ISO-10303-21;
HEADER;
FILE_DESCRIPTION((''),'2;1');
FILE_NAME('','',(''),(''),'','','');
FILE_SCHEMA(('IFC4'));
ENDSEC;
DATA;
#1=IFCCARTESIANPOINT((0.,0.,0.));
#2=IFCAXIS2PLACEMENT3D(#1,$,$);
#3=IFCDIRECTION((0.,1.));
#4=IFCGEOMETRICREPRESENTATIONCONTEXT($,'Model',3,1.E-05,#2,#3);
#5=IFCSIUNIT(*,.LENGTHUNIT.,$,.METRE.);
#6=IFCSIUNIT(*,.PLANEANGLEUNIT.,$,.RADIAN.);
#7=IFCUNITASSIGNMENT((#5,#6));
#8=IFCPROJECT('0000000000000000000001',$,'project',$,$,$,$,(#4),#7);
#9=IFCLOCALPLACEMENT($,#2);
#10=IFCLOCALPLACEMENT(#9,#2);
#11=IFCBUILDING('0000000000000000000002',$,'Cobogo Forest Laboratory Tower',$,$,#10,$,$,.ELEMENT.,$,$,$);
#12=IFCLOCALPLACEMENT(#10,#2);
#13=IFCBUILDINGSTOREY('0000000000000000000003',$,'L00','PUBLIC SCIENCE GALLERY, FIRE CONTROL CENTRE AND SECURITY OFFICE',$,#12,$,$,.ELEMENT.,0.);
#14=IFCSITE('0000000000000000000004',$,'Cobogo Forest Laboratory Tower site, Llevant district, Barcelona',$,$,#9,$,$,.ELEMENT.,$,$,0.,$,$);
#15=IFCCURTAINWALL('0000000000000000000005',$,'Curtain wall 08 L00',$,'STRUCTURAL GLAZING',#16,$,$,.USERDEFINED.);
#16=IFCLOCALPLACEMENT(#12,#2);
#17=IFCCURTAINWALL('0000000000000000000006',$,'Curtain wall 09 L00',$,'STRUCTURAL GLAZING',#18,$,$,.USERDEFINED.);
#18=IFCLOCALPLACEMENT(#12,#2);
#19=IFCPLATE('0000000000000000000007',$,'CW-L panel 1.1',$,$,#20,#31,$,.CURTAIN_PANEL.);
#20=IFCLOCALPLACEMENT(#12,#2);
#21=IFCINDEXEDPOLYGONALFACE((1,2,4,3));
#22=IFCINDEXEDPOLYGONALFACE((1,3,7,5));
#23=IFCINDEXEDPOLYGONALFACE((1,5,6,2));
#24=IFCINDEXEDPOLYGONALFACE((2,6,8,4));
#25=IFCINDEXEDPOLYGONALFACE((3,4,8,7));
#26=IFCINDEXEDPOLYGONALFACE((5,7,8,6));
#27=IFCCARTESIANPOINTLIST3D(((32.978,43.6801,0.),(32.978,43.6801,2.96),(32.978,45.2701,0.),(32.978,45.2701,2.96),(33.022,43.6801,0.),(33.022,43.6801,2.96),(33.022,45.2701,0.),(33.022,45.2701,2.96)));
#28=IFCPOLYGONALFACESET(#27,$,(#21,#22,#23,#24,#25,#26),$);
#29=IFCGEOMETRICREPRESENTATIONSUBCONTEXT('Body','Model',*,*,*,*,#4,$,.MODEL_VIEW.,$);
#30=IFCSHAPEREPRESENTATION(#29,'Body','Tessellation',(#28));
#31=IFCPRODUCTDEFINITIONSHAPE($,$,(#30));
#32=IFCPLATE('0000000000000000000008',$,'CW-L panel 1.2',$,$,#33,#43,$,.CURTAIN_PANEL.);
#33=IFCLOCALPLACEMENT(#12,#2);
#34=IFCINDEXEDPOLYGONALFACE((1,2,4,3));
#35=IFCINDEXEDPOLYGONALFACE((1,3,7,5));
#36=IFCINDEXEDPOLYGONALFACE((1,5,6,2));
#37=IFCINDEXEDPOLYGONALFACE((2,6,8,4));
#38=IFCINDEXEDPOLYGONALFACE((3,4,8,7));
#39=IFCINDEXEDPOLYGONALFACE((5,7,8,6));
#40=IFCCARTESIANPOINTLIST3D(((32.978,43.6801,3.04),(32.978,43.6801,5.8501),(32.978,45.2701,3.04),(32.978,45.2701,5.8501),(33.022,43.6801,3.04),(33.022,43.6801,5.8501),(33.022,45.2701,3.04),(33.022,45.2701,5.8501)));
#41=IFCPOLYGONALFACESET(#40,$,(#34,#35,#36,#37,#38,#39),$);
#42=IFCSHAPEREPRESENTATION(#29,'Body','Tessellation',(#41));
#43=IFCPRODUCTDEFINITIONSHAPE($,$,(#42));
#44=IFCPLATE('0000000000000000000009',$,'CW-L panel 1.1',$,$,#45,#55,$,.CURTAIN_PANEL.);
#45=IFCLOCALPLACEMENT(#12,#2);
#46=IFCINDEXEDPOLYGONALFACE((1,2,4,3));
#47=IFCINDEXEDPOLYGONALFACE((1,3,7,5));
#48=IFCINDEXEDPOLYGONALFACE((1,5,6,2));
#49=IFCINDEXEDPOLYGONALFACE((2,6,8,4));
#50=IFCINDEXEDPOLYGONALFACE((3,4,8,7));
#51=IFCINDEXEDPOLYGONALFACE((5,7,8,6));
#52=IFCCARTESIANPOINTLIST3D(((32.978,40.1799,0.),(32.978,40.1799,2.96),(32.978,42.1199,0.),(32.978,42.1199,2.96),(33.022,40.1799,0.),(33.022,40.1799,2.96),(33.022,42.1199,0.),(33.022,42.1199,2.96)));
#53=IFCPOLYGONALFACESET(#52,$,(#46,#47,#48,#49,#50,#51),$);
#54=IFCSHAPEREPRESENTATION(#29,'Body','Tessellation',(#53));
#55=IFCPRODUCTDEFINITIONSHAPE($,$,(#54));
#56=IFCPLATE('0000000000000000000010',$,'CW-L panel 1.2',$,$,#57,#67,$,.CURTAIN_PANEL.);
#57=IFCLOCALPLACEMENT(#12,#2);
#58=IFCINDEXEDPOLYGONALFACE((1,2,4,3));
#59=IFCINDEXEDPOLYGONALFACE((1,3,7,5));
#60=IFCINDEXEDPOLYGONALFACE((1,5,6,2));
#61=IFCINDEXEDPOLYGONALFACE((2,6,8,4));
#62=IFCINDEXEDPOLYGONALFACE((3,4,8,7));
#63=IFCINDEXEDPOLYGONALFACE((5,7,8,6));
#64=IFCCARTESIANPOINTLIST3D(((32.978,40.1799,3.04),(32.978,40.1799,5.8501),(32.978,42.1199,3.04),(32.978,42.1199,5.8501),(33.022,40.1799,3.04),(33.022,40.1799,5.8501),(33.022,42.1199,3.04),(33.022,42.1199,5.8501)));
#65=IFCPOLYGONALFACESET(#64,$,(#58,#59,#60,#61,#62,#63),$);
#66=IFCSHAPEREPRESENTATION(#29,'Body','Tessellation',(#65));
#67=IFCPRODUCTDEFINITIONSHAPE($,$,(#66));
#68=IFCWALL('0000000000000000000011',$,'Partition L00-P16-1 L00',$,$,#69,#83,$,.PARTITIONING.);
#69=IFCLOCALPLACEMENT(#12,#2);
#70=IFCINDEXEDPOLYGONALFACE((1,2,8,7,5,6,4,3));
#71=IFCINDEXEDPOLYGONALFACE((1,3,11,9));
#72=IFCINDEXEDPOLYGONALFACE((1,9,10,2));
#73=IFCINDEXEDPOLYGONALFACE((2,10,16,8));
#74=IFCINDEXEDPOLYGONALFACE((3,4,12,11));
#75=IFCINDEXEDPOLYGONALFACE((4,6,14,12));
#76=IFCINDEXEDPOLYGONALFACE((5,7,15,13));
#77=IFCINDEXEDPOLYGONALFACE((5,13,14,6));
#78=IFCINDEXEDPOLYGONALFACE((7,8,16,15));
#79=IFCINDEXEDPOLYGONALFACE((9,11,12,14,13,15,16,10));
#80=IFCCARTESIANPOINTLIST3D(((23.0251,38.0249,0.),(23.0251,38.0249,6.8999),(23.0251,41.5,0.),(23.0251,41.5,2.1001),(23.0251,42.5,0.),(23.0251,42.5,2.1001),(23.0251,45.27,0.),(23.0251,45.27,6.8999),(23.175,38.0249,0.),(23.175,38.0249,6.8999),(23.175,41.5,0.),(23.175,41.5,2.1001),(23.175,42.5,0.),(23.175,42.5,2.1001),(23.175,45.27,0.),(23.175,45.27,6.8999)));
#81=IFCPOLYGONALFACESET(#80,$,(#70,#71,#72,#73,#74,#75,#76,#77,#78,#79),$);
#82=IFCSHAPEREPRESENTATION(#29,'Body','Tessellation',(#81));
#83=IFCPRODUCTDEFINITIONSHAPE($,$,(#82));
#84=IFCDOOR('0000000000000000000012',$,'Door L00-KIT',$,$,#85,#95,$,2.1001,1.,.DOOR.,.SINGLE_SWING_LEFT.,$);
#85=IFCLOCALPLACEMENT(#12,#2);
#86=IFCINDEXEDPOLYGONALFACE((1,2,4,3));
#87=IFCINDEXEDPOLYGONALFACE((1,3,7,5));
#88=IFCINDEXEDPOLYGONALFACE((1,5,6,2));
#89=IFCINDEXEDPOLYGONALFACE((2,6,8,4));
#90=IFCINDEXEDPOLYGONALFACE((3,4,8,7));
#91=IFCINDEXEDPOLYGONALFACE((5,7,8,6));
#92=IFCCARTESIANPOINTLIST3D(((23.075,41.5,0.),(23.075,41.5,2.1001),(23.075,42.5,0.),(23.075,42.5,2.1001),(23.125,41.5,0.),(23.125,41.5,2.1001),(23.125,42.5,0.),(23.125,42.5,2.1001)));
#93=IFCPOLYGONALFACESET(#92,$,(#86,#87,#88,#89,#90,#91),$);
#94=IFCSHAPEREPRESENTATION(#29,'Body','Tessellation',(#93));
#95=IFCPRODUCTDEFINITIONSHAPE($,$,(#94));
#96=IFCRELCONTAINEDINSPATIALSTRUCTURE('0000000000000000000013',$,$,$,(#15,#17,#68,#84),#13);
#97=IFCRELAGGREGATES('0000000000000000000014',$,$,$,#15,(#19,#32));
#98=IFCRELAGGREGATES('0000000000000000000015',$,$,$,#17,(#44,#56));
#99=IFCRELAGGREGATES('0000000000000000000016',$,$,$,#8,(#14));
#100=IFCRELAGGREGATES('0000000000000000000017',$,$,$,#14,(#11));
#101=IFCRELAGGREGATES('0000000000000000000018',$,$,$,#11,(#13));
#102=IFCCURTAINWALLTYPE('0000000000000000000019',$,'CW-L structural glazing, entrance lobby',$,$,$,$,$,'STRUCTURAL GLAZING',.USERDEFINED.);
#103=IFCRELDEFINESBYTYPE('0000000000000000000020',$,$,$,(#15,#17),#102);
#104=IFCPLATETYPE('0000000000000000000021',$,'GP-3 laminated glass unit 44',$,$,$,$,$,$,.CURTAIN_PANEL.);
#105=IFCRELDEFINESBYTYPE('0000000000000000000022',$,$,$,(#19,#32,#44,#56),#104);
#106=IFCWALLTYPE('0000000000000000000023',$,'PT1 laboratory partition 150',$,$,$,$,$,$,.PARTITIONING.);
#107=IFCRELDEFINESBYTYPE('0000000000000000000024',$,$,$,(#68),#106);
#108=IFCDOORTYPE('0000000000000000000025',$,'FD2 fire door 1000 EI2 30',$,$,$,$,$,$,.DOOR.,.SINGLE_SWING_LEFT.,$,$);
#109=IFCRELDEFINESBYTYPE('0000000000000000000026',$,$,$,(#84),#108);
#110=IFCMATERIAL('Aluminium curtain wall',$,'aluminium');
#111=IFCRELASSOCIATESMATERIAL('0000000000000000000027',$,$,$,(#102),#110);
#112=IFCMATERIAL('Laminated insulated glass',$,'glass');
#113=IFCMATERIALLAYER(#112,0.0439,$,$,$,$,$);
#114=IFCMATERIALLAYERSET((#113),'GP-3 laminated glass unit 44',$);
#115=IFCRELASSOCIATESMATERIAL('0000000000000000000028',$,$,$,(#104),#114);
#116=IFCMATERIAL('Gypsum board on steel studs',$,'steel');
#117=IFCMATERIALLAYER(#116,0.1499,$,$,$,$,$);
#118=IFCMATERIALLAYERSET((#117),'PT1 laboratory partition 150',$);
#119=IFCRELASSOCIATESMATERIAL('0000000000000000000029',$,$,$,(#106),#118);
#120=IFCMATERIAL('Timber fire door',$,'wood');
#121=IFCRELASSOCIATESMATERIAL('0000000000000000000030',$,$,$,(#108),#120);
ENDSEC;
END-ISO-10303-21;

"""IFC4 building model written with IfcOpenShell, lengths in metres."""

from ifc_helpers import new_model, si_unit, direction, frame, frame_2d, origin, origin_2d, place, context, subcontext, project, spatial, rectangle, extrude, material, layer, layer_set, type_object, element, fill, aggregate, save


model = new_model("IFC4")

# Units and contexts
model_context = context("Model", 3, precision=1e-05, world=origin(), true_north=direction((0.0, 1.0)))
body_context = subcontext(model_context, "Body", "Model", "MODEL_VIEW")
ifc_project = project(units=[si_unit("LENGTHUNIT", "METRE"), si_unit("PLANEANGLEUNIT", "RADIAN")], contexts=[model_context])

# Site, building, storey
site_placement = place(None, origin())
site = spatial("IfcSite", under=ifc_project, at=site_placement, Name="Cobogo Forest Laboratory Tower site, Llevant district, Barcelona", CompositionType="ELEMENT", RefElevation=0.0)
building_placement = place(site_placement, origin())
building = spatial("IfcBuilding", under=site, at=building_placement, Name="Cobogo Forest Laboratory Tower", CompositionType="ELEMENT")
storey_placement = place(building_placement, origin())
storey = spatial("IfcBuildingStorey", under=building, at=storey_placement, Name="L00", Description="PUBLIC SCIENCE GALLERY, FIRE CONTROL CENTRE AND SECURITY OFFICE", CompositionType="ELEMENT", Elevation=0.0)

# Curtain walls
ifc_material_1 = material(Name="Aluminium curtain wall", Category="aluminium")
curtain_wall_type = type_object("IfcCurtainWallType", Name="CW-L structural glazing, entrance lobby", ElementType="STRUCTURAL GLAZING", PredefinedType="USERDEFINED", material=ifc_material_1)
curtain_wall_1_placement = place(storey_placement, origin())
curtain_wall_1 = element("IfcCurtainWall", 1, at=curtain_wall_1_placement, inside=storey, type_object=curtain_wall_type, Name="Curtain wall 08 L00", ObjectType="STRUCTURAL GLAZING", PredefinedType="USERDEFINED")
curtain_wall_2_placement = place(storey_placement, origin())
curtain_wall_2 = element("IfcCurtainWall", 2, at=curtain_wall_2_placement, inside=storey, type_object=curtain_wall_type, Name="Curtain wall 09 L00", ObjectType="STRUCTURAL GLAZING", PredefinedType="USERDEFINED")

# Plates
ifc_material_2 = material(Name="Laminated insulated glass", Category="glass")
ifc_layer_1 = layer(ifc_material_2, 0.0439)
ifc_layer_set_1 = layer_set([ifc_layer_1], Name="GP-3 laminated glass unit 44")
plate_type = type_object("IfcPlateType", Name="GP-3 laminated glass unit 44", PredefinedType="CURTAIN_PANEL", material=ifc_layer_set_1)
plate_1_placement = place(storey_placement, frame((33.0, 44.4751, 0.0), z_axis=(0.0, 0.0, 1.0), x_axis=(0.0, -1.0, 0.0)))
plate_1 = element("IfcPlate", 3, at=plate_1_placement, type_object=plate_type, Name="CW-L panel 1.1", PredefinedType="CURTAIN_PANEL", context=body_context, shape_type="SweptSolid", body=[
    extrude(rectangle(XDim=1.5901, YDim=0.0439, at=origin_2d()), origin(), (0.0, 0.0, 1.0), 2.96),
])
plate_2_placement = place(storey_placement, frame((33.0, 44.4751, 3.04), z_axis=(0.0, 0.0, 1.0), x_axis=(0.0, -1.0, 0.0)))
plate_2 = element("IfcPlate", 4, at=plate_2_placement, type_object=plate_type, Name="CW-L panel 1.2", PredefinedType="CURTAIN_PANEL", context=body_context, shape_type="SweptSolid", body=[
    extrude(rectangle(XDim=1.5901, YDim=0.0439, at=origin_2d()), origin(), (0.0, 0.0, 1.0), 2.8101),
])
aggregate(curtain_wall_1, [plate_1, plate_2])
plate_3_placement = place(storey_placement, frame((33.0, 41.1499, 0.0), z_axis=(0.0, 0.0, 1.0), x_axis=(0.0, -1.0, 0.0)))
plate_3 = element("IfcPlate", 5, at=plate_3_placement, type_object=plate_type, Name="CW-L panel 1.1", PredefinedType="CURTAIN_PANEL", context=body_context, shape_type="SweptSolid", body=[
    extrude(rectangle(XDim=1.9399, YDim=0.0439, at=origin_2d()), origin(), (0.0, 0.0, 1.0), 2.96),
])
plate_4_placement = place(storey_placement, frame((33.0, 41.1499, 3.04), z_axis=(0.0, 0.0, 1.0), x_axis=(0.0, -1.0, 0.0)))
plate_4 = element("IfcPlate", 6, at=plate_4_placement, type_object=plate_type, Name="CW-L panel 1.2", PredefinedType="CURTAIN_PANEL", context=body_context, shape_type="SweptSolid", body=[
    extrude(rectangle(XDim=1.9399, YDim=0.0439, at=origin_2d()), origin(), (0.0, 0.0, 1.0), 2.8101),
])
aggregate(curtain_wall_2, [plate_3, plate_4])

# Wall, opening, door
ifc_material_3 = material(Name="Gypsum board on steel studs", Category="steel")
ifc_layer_2 = layer(ifc_material_3, 0.1499)
ifc_layer_set_2 = layer_set([ifc_layer_2], Name="PT1 laboratory partition 150")
wall_type = type_object("IfcWallType", Name="PT1 laboratory partition 150", PredefinedType="PARTITIONING", material=ifc_layer_set_2)
wall_placement = place(storey_placement, frame((23.1001, 45.27, 0.0), z_axis=(0.0, 0.0, 1.0), x_axis=(0.0, -1.0, 0.0)))
wall = element("IfcWall", 7, at=wall_placement, inside=storey, type_object=wall_type, Name="Partition L00-P16-1 L00", PredefinedType="PARTITIONING", context=body_context, shape_type="SweptSolid", body=[
    extrude(rectangle(XDim=7.2451, YDim=0.1499, at=frame_2d((3.6226, 0.0))), origin(), (0.0, 0.0, 1.0), 6.8999),
])
opening_placement = place(wall_placement, frame((2.77, 0.0, 0.0)))
opening = element("IfcOpeningElement", 8, at=opening_placement, cuts=wall, PredefinedType="OPENING", context=body_context, shape_type="SweptSolid", body=[
    extrude(rectangle(XDim=1.0, YDim=2.1001, at=frame_2d((0.5, 1.05))), frame((0.0, 0.085, 0.0), z_axis=(0.0, -1.0, 0.0), x_axis=(1.0, 0.0, 0.0)), (0.0, 0.0, 1.0), 0.1699),
])
ifc_material_4 = material(Name="Timber fire door", Category="wood")
door_type = type_object("IfcDoorType", Name="FD2 fire door 1000 EI2 30", OperationType="SINGLE_SWING_LEFT", PredefinedType="DOOR", material=ifc_material_4)
door_placement = place(opening_placement, origin())
door = element("IfcDoor", 9, at=door_placement, inside=storey, type_object=door_type, Name="Door L00-KIT", OperationType="SINGLE_SWING_LEFT", OverallHeight=2.1001, OverallWidth=1.0, PredefinedType="DOOR", context=body_context, shape_type="SweptSolid", body=[
    extrude(rectangle(XDim=1.0, YDim=2.1001, at=frame_2d((0.5, 1.05))), frame((0.0, 0.0249, 0.0), z_axis=(0.0, -1.0, 0.0), x_axis=(1.0, 0.0, 0.0)), (0.0, 0.0, 1.0), 0.05),
])
fill(opening, door)

save(model, "model.ifc")
